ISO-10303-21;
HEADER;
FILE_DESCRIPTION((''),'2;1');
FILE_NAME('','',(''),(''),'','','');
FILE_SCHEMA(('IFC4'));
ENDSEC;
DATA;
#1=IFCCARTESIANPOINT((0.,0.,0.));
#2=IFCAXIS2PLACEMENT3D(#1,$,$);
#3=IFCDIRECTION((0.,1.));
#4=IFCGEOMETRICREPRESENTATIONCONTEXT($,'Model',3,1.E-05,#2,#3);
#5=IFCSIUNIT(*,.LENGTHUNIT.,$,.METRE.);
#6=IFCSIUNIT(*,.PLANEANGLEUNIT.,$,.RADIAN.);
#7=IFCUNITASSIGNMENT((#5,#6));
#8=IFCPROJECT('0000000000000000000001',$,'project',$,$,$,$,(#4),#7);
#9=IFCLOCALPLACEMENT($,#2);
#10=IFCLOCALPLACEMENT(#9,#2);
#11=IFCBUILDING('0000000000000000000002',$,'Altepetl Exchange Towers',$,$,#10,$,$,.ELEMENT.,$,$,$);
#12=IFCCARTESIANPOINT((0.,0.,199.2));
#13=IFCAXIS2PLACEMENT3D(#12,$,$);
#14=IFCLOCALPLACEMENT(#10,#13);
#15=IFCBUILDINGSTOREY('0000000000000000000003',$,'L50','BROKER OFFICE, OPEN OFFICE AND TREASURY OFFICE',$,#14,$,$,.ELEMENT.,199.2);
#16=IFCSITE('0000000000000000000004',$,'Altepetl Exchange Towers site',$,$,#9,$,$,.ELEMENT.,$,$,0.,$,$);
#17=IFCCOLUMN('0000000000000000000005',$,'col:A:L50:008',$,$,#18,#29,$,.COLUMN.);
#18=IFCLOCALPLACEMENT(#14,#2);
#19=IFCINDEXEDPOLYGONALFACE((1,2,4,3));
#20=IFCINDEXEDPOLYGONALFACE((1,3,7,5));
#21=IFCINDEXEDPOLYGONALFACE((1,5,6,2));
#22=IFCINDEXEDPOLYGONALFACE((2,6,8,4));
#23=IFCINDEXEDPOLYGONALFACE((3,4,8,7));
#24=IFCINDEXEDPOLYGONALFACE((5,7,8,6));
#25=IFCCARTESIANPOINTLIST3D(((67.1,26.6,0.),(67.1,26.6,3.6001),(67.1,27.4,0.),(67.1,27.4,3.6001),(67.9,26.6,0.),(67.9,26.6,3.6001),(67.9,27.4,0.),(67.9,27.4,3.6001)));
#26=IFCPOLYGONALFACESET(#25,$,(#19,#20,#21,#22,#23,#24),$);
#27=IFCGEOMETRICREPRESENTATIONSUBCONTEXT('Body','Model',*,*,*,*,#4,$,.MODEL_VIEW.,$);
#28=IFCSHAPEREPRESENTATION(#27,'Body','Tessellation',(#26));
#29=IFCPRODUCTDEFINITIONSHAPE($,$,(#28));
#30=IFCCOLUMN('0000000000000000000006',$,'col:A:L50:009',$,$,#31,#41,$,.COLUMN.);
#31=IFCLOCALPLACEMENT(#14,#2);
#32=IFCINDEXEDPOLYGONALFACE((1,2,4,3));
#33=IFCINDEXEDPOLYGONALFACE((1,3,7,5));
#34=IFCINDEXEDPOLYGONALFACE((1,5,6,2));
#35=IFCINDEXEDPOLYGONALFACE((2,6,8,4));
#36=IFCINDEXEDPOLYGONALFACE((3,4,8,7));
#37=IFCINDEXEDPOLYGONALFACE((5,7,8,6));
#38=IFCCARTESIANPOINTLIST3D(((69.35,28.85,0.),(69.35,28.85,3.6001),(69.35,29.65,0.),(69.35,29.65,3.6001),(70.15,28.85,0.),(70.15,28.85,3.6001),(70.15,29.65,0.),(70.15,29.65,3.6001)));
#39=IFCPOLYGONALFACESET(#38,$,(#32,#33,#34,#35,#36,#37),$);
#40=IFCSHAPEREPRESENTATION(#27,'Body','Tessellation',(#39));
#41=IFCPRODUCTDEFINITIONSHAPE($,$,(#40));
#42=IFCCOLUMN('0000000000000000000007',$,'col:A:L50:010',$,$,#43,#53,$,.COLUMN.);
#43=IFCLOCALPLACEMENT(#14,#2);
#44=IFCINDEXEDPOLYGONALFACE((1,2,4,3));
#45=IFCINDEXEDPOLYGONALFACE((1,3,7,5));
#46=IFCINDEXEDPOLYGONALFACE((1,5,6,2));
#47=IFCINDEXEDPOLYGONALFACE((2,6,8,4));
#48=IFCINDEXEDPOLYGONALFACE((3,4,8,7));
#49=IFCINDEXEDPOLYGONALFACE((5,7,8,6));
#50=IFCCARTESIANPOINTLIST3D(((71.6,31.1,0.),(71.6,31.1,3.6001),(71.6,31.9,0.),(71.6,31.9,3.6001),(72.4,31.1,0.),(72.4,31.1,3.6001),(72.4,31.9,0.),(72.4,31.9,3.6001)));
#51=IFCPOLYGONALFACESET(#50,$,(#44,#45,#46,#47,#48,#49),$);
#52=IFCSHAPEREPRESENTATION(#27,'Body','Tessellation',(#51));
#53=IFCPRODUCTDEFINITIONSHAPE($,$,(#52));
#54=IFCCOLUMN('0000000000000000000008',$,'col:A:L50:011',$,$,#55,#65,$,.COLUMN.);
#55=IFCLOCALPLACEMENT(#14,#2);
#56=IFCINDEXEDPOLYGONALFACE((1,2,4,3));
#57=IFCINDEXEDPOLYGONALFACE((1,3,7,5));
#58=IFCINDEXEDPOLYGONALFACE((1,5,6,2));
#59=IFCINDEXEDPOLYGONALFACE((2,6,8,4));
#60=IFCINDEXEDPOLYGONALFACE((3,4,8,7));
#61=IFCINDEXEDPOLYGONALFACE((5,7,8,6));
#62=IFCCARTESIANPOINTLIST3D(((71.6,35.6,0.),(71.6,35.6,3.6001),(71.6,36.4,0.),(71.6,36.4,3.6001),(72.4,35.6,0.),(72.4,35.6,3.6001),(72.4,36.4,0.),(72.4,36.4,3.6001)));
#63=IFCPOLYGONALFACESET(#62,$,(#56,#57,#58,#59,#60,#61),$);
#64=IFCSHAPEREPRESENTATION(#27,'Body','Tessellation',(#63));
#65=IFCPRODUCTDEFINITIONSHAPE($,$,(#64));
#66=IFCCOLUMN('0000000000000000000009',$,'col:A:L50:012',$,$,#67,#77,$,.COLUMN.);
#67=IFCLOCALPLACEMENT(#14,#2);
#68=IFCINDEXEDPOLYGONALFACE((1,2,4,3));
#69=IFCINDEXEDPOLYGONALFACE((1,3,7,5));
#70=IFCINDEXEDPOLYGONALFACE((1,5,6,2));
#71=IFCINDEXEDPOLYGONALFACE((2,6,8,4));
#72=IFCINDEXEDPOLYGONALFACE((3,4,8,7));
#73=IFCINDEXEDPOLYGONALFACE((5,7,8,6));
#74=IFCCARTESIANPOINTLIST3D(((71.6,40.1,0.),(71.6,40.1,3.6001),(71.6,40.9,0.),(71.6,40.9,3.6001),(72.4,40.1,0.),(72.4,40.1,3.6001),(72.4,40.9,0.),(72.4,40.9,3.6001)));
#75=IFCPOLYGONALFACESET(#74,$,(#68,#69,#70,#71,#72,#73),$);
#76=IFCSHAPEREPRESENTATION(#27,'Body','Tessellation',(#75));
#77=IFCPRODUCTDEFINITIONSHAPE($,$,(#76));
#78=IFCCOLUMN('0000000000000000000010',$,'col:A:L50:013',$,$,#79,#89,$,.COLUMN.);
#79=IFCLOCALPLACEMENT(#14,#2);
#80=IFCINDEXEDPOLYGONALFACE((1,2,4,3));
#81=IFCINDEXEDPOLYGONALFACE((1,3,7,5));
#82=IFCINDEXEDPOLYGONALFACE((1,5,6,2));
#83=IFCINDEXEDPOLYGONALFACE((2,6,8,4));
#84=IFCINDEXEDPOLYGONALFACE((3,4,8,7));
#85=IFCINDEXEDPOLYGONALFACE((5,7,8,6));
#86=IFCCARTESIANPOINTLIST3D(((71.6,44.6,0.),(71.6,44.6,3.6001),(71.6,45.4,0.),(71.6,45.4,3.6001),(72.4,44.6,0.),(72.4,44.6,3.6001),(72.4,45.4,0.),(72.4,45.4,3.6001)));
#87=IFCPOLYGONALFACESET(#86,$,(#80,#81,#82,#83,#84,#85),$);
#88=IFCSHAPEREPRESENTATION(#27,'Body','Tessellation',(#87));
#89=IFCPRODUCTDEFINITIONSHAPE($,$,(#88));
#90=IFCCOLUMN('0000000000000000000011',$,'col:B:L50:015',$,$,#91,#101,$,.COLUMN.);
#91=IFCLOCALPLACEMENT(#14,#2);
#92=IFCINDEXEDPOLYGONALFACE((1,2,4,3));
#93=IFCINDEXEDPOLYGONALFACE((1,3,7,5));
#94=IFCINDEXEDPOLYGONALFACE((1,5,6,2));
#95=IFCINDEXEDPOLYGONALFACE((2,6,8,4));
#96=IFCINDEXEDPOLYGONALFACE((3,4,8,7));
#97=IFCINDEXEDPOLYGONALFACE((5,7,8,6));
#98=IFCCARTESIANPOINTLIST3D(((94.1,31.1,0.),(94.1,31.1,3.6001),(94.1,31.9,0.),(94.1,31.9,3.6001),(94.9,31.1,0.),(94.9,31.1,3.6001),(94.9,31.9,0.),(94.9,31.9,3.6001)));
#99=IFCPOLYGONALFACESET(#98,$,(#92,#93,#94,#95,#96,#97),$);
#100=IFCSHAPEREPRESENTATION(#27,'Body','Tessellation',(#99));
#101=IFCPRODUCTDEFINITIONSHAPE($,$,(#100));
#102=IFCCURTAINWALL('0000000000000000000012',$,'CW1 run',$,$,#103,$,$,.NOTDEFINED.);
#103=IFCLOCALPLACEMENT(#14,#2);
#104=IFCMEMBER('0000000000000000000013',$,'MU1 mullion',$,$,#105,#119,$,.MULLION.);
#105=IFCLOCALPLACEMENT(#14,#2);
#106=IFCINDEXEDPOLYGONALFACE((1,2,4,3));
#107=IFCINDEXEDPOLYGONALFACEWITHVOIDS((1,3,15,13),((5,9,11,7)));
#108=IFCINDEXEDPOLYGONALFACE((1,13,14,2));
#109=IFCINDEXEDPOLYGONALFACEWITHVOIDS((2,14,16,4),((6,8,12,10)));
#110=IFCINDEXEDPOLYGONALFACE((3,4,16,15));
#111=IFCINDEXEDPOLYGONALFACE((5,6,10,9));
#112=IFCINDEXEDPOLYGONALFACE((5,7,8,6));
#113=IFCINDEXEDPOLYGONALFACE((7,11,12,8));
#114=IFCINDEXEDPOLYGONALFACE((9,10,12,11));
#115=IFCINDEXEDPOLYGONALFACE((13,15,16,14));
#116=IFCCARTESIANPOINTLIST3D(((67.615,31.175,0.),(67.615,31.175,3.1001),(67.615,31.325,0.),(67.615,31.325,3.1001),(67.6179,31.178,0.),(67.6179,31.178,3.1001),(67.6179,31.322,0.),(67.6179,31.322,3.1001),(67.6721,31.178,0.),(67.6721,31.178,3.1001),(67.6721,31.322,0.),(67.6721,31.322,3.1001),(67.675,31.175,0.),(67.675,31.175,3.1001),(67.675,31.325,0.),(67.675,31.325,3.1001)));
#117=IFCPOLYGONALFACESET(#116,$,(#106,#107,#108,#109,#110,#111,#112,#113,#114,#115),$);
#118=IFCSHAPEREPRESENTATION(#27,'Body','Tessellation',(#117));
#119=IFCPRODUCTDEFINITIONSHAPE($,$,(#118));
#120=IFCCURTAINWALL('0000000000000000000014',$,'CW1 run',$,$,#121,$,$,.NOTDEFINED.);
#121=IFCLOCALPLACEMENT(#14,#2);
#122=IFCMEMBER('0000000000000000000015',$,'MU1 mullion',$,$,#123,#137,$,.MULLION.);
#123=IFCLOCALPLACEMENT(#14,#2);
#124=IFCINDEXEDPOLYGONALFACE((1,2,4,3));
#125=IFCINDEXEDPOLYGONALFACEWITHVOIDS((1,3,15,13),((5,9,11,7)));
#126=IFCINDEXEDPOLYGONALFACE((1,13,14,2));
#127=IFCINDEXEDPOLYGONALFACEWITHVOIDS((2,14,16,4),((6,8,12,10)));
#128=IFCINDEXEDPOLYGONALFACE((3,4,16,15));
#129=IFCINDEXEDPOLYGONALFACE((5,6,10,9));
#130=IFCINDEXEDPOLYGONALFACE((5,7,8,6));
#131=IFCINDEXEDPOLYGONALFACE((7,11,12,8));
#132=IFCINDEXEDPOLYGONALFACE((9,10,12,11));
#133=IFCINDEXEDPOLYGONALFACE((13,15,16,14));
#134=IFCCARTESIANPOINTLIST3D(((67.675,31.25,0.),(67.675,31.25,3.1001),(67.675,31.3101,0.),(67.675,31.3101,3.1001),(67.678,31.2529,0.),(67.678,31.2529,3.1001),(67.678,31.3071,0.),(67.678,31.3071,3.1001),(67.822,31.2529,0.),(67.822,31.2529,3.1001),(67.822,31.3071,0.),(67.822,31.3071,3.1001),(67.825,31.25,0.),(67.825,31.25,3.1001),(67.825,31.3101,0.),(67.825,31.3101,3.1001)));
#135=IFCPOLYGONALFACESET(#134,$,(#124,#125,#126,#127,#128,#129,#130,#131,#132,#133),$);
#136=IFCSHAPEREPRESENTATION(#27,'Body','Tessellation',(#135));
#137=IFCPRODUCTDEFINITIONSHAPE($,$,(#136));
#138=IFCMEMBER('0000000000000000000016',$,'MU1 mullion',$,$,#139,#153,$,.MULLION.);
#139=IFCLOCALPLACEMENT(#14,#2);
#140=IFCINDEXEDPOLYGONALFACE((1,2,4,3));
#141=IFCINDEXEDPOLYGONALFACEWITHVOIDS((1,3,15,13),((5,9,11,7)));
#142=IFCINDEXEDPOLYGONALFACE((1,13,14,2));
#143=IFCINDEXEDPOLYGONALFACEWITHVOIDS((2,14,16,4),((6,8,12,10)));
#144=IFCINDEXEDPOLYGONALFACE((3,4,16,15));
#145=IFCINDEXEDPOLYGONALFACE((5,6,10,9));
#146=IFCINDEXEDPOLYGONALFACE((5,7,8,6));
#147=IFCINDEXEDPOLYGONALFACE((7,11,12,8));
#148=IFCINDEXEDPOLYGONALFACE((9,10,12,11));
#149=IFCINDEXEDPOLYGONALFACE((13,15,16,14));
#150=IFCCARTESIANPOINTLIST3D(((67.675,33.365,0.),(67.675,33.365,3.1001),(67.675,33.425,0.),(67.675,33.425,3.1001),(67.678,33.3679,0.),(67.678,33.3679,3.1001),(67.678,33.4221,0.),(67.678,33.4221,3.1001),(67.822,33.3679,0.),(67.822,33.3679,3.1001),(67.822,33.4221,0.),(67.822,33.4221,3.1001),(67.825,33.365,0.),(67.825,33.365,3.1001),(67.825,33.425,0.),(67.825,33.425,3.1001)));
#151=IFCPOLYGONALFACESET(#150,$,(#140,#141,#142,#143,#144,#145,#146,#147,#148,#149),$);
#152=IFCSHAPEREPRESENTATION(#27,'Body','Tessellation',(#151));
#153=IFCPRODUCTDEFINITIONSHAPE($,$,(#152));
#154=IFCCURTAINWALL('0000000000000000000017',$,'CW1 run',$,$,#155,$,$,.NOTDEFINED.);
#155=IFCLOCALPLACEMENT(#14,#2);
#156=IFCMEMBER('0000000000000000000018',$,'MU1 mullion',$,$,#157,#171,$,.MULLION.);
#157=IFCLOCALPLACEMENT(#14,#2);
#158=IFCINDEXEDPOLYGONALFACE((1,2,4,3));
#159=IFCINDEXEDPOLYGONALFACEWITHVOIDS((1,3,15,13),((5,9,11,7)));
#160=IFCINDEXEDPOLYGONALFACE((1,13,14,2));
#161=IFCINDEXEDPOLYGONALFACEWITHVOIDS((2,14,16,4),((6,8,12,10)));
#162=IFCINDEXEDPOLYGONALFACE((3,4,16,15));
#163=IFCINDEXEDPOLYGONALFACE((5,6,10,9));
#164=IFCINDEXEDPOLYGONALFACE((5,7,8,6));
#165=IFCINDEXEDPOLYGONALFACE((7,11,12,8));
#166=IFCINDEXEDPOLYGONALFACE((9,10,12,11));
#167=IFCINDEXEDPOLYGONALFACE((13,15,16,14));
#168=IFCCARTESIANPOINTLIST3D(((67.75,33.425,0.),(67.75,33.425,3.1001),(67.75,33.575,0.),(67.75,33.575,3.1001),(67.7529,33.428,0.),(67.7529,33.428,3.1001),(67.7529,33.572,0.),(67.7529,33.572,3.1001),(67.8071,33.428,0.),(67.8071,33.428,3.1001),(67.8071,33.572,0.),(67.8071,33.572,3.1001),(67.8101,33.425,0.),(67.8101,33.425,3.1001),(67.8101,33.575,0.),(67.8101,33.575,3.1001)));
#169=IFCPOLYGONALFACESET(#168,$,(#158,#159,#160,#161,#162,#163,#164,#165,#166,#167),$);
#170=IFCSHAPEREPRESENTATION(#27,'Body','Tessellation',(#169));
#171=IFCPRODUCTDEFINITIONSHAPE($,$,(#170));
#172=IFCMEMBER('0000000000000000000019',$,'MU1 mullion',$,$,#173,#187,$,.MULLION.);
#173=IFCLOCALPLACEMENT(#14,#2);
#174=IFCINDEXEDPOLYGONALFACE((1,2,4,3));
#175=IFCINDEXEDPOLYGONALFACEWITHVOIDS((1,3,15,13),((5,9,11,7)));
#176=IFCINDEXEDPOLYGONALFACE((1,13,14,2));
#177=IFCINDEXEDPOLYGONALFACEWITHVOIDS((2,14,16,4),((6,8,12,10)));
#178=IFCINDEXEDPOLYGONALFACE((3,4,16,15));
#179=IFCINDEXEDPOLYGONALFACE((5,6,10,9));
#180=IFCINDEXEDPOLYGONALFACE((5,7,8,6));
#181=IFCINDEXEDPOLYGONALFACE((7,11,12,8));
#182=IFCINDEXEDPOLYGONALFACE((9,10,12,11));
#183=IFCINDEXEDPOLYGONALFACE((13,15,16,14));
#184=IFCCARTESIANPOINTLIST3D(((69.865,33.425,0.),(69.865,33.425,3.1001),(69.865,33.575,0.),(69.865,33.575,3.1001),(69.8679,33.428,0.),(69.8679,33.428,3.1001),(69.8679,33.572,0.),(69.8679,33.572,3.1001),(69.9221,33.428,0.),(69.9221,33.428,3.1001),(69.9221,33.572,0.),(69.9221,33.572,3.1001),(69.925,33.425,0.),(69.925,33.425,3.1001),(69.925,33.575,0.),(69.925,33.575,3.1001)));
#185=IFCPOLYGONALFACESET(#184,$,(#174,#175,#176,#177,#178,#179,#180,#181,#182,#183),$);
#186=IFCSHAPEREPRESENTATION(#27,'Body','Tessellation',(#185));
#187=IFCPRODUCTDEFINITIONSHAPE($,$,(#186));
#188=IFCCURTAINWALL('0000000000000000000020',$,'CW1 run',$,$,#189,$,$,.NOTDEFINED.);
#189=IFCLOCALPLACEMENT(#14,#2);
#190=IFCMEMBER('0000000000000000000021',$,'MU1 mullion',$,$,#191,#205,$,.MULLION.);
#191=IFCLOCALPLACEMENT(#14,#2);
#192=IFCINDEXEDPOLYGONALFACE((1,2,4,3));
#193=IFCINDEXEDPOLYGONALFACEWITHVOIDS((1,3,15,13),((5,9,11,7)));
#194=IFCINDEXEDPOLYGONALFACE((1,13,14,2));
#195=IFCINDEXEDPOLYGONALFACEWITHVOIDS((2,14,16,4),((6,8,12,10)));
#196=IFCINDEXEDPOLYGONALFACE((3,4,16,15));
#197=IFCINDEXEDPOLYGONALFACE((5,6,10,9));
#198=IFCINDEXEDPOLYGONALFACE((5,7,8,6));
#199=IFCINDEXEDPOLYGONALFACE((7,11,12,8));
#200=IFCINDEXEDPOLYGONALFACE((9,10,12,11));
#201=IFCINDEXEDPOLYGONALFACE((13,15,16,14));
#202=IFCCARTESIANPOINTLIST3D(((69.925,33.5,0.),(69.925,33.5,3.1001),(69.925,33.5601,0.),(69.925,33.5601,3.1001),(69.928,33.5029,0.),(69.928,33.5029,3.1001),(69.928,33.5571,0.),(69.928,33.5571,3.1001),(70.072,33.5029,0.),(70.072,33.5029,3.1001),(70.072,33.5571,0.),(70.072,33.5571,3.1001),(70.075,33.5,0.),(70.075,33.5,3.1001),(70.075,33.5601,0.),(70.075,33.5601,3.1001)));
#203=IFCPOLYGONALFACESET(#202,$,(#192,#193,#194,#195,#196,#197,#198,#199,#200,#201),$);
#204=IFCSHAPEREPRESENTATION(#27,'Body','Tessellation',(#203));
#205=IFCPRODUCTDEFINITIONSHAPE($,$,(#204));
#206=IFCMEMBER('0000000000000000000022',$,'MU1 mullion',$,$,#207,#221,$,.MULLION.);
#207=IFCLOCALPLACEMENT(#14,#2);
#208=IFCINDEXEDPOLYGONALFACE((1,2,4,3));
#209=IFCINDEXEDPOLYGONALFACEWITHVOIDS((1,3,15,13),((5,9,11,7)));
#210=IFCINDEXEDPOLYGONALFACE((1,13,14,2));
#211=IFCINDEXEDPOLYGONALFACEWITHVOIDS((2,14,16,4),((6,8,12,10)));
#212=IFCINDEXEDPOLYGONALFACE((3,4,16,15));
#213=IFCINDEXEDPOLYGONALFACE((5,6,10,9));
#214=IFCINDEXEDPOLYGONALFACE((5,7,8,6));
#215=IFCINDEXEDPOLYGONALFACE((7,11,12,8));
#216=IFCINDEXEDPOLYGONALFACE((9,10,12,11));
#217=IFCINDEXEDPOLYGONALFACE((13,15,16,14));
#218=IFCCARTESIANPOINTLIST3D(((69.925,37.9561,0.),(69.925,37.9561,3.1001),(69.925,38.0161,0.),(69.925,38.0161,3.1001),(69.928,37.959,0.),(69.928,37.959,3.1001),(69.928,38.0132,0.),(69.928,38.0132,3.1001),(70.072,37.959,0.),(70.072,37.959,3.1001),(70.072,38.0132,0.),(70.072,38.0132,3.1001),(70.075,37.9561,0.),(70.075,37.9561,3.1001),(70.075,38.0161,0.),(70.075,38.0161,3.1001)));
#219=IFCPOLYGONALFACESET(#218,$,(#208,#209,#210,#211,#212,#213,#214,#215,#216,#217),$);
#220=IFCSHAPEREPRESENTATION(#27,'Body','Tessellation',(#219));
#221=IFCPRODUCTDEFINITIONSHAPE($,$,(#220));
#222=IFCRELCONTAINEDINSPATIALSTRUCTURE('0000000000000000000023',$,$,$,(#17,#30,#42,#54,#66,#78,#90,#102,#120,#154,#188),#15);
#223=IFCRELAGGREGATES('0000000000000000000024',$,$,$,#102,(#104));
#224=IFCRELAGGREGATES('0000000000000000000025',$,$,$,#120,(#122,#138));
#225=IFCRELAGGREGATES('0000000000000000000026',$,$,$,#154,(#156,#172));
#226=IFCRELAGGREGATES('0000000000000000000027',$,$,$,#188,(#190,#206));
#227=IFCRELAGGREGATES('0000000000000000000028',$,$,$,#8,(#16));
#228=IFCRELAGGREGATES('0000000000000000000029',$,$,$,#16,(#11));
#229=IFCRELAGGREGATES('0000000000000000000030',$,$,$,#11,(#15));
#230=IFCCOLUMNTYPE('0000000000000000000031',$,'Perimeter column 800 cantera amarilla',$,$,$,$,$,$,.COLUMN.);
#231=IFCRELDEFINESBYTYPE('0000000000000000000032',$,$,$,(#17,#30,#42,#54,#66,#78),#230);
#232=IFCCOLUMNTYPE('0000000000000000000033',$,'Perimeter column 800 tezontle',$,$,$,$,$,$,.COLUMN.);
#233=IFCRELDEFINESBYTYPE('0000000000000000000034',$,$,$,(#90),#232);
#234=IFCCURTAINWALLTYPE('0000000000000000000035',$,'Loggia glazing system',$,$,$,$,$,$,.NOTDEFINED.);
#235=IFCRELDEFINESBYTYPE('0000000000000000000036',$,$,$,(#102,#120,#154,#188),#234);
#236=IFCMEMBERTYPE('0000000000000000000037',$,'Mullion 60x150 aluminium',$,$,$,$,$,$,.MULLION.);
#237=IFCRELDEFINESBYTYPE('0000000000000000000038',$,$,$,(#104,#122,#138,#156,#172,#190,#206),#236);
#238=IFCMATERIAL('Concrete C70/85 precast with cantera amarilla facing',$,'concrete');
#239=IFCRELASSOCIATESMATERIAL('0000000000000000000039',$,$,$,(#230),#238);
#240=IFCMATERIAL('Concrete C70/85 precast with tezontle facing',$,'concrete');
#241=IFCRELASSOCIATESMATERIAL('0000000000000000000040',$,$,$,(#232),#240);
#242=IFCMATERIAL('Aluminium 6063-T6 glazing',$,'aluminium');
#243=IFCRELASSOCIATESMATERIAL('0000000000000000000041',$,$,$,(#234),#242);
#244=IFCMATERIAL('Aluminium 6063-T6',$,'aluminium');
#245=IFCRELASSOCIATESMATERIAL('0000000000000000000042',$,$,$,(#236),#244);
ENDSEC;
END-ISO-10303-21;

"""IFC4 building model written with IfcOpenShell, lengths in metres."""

from ifc_helpers import new_model, si_unit, direction, frame, origin, origin_2d, place, context, subcontext, project, spatial, rectangle, hollow_rectangle, extrude, material, material_profile, profile_set, type_object, element, aggregate, save


model = new_model("IFC4")

# Units and contexts
model_context = context("Model", 3, precision=1e-05, world=origin(), true_north=direction((0.0, 1.0)))
body_context = subcontext(model_context, "Body", "Model", "MODEL_VIEW")
ifc_project = project(units=[si_unit("LENGTHUNIT", "METRE"), si_unit("PLANEANGLEUNIT", "RADIAN")], contexts=[model_context])

# Site, building, storey
site_placement = place(None, origin())
site = spatial("IfcSite", under=ifc_project, at=site_placement, Name="Altepetl Exchange Towers site", CompositionType="ELEMENT", RefElevation=0.0)
building_placement = place(site_placement, origin())
building = spatial("IfcBuilding", under=site, at=building_placement, Name="Altepetl Exchange Towers", CompositionType="ELEMENT")
storey_placement = place(building_placement, frame((0.0, 0.0, 199.2)))
storey = spatial("IfcBuildingStorey", under=building, at=storey_placement, Name="L50", Description="BROKER OFFICE, OPEN OFFICE AND TREASURY OFFICE", CompositionType="ELEMENT", Elevation=199.2)

# Columns
ifc_material_1 = material(Name="Concrete C70/85 precast with cantera amarilla facing", Category="concrete")
ifc_material_profile_1 = material_profile(ifc_material_1, rectangle(XDim=0.8, YDim=0.8, at=origin_2d()), Name="800 x 800")
ifc_profile_set_1 = profile_set([ifc_material_profile_1], Name="Concrete C70/85 precast with cantera amarilla facing")
column_type_1 = type_object("IfcColumnType", Name="Perimeter column 800 cantera amarilla", PredefinedType="COLUMN", material=ifc_profile_set_1)
for number, where, name in (
    (1, (67.5, 27.0, 0.0), "col:A:L50:008"),
    (2, (69.75, 29.25, 0.0), "col:A:L50:009"),
    (3, (72.0, 31.5, 0.0), "col:A:L50:010"),
    (4, (72.0, 36.0, 0.0), "col:A:L50:011"),
    (5, (72.0, 40.5, 0.0), "col:A:L50:012"),
    (6, (72.0, 45.0, 0.0), "col:A:L50:013"),
):
    element("IfcColumn", number, at=place(storey_placement, frame(where)), inside=storey, type_object=column_type_1, Name=name, PredefinedType="COLUMN", context=body_context, shape_type="SweptSolid", body=[
        extrude(rectangle(XDim=0.8, YDim=0.8, at=origin_2d()), origin(), (0.0, 0.0, 1.0), 3.6001),
    ])
ifc_material_2 = material(Name="Concrete C70/85 precast with tezontle facing", Category="concrete")
ifc_material_profile_2 = material_profile(ifc_material_2, rectangle(XDim=0.8, YDim=0.8, at=origin_2d()), Name="800 x 800")
ifc_profile_set_2 = profile_set([ifc_material_profile_2], Name="Concrete C70/85 precast with tezontle facing")
column_type_2 = type_object("IfcColumnType", Name="Perimeter column 800 tezontle", PredefinedType="COLUMN", material=ifc_profile_set_2)
column_placement = place(storey_placement, frame((94.5, 31.5, 0.0)))
element("IfcColumn", 7, at=column_placement, inside=storey, type_object=column_type_2, Name="col:B:L50:015", PredefinedType="COLUMN", context=body_context, shape_type="SweptSolid", body=[
    extrude(rectangle(XDim=0.8, YDim=0.8, at=origin_2d()), origin(), (0.0, 0.0, 1.0), 3.6001),
])

# Curtain wall, member
ifc_material_3 = material(Name="Aluminium 6063-T6 glazing", Category="aluminium")
curtain_wall_type = type_object("IfcCurtainWallType", Name="Loggia glazing system", PredefinedType="NOTDEFINED", material=ifc_material_3)
curtain_wall_1_placement = place(storey_placement, origin())
curtain_wall_1 = element("IfcCurtainWall", 8, at=curtain_wall_1_placement, inside=storey, type_object=curtain_wall_type, Name="CW1 run", PredefinedType="NOTDEFINED")
ifc_material_4 = material(Name="Aluminium 6063-T6", Category="aluminium")
ifc_material_profile_3 = material_profile(ifc_material_4, hollow_rectangle(XDim=0.0601, YDim=0.1499, WallThickness=0.0029, at=origin_2d()), Name="Mullion 60x150 aluminium")
ifc_profile_set_3 = profile_set([ifc_material_profile_3], Name="Aluminium 6063-T6")
member_type = type_object("IfcMemberType", Name="Mullion 60x150 aluminium", PredefinedType="MULLION", material=ifc_profile_set_3)
member_1_placement = place(storey_placement, frame((67.645, 31.25, 0.0)))
member_1 = element("IfcMember", 9, at=member_1_placement, type_object=member_type, Name="MU1 mullion", PredefinedType="MULLION", context=body_context, shape_type="SweptSolid", body=[
    extrude(hollow_rectangle(XDim=0.0601, YDim=0.1499, WallThickness=0.0029, at=origin_2d()), origin(), (0.0, 0.0, 1.0), 3.1001),
])
aggregate(curtain_wall_1, [member_1])

# Curtain walls, members
curtain_wall_2_placement = place(storey_placement, origin())
curtain_wall_2 = element("IfcCurtainWall", 10, at=curtain_wall_2_placement, inside=storey, type_object=curtain_wall_type, Name="CW1 run", PredefinedType="NOTDEFINED")
member_2_placement = place(storey_placement, frame((67.75, 31.28, 0.0), z_axis=(0.0, 0.0, 1.0), x_axis=(0.0, 1.0, 0.0)))
member_2 = element("IfcMember", 11, at=member_2_placement, type_object=member_type, Name="MU1 mullion", PredefinedType="MULLION", context=body_context, shape_type="SweptSolid", body=[
    extrude(hollow_rectangle(XDim=0.0601, YDim=0.1499, WallThickness=0.0029, at=origin_2d()), origin(), (0.0, 0.0, 1.0), 3.1001),
])
member_3_placement = place(storey_placement, frame((67.75, 33.395, 0.0), z_axis=(0.0, 0.0, 1.0), x_axis=(0.0, 1.0, 0.0)))
member_3 = element("IfcMember", 12, at=member_3_placement, type_object=member_type, Name="MU1 mullion", PredefinedType="MULLION", context=body_context, shape_type="SweptSolid", body=[
    extrude(hollow_rectangle(XDim=0.0601, YDim=0.1499, WallThickness=0.0029, at=origin_2d()), origin(), (0.0, 0.0, 1.0), 3.1001),
])
curtain_wall_3_placement = place(storey_placement, origin())
curtain_wall_3 = element("IfcCurtainWall", 13, at=curtain_wall_3_placement, inside=storey, type_object=curtain_wall_type, Name="CW1 run", PredefinedType="NOTDEFINED")
member_4_placement = place(storey_placement, frame((67.78, 33.5, 0.0)))
member_4 = element("IfcMember", 14, at=member_4_placement, type_object=member_type, Name="MU1 mullion", PredefinedType="MULLION", context=body_context, shape_type="SweptSolid", body=[
    extrude(hollow_rectangle(XDim=0.0601, YDim=0.1499, WallThickness=0.0029, at=origin_2d()), origin(), (0.0, 0.0, 1.0), 3.1001),
])
member_5_placement = place(storey_placement, frame((69.895, 33.5, 0.0)))
member_5 = element("IfcMember", 15, at=member_5_placement, type_object=member_type, Name="MU1 mullion", PredefinedType="MULLION", context=body_context, shape_type="SweptSolid", body=[
    extrude(hollow_rectangle(XDim=0.0601, YDim=0.1499, WallThickness=0.0029, at=origin_2d()), origin(), (0.0, 0.0, 1.0), 3.1001),
])
curtain_wall_4_placement = place(storey_placement, origin())
curtain_wall_4 = element("IfcCurtainWall", 16, at=curtain_wall_4_placement, inside=storey, type_object=curtain_wall_type, Name="CW1 run", PredefinedType="NOTDEFINED")
member_6_placement = place(storey_placement, frame((70.0, 33.53, 0.0), z_axis=(0.0, 0.0, 1.0), x_axis=(0.0, 1.0, 0.0)))
member_6 = element("IfcMember", 17, at=member_6_placement, type_object=member_type, Name="MU1 mullion", PredefinedType="MULLION", context=body_context, shape_type="SweptSolid", body=[
    extrude(hollow_rectangle(XDim=0.0601, YDim=0.1499, WallThickness=0.0029, at=origin_2d()), origin(), (0.0, 0.0, 1.0), 3.1001),
])
member_7_placement = place(storey_placement, frame((70.0, 37.9861, 0.0), z_axis=(0.0, 0.0, 1.0), x_axis=(0.0, 1.0, 0.0)))
member_7 = element("IfcMember", 18, at=member_7_placement, type_object=member_type, Name="MU1 mullion", PredefinedType="MULLION", context=body_context, shape_type="SweptSolid", body=[
    extrude(hollow_rectangle(XDim=0.0601, YDim=0.1499, WallThickness=0.0029, at=origin_2d()), origin(), (0.0, 0.0, 1.0), 3.1001),
])

aggregate(curtain_wall_2, [member_2, member_3])
aggregate(curtain_wall_3, [member_4, member_5])
aggregate(curtain_wall_4, [member_6, member_7])

save(model, "model.ifc")
